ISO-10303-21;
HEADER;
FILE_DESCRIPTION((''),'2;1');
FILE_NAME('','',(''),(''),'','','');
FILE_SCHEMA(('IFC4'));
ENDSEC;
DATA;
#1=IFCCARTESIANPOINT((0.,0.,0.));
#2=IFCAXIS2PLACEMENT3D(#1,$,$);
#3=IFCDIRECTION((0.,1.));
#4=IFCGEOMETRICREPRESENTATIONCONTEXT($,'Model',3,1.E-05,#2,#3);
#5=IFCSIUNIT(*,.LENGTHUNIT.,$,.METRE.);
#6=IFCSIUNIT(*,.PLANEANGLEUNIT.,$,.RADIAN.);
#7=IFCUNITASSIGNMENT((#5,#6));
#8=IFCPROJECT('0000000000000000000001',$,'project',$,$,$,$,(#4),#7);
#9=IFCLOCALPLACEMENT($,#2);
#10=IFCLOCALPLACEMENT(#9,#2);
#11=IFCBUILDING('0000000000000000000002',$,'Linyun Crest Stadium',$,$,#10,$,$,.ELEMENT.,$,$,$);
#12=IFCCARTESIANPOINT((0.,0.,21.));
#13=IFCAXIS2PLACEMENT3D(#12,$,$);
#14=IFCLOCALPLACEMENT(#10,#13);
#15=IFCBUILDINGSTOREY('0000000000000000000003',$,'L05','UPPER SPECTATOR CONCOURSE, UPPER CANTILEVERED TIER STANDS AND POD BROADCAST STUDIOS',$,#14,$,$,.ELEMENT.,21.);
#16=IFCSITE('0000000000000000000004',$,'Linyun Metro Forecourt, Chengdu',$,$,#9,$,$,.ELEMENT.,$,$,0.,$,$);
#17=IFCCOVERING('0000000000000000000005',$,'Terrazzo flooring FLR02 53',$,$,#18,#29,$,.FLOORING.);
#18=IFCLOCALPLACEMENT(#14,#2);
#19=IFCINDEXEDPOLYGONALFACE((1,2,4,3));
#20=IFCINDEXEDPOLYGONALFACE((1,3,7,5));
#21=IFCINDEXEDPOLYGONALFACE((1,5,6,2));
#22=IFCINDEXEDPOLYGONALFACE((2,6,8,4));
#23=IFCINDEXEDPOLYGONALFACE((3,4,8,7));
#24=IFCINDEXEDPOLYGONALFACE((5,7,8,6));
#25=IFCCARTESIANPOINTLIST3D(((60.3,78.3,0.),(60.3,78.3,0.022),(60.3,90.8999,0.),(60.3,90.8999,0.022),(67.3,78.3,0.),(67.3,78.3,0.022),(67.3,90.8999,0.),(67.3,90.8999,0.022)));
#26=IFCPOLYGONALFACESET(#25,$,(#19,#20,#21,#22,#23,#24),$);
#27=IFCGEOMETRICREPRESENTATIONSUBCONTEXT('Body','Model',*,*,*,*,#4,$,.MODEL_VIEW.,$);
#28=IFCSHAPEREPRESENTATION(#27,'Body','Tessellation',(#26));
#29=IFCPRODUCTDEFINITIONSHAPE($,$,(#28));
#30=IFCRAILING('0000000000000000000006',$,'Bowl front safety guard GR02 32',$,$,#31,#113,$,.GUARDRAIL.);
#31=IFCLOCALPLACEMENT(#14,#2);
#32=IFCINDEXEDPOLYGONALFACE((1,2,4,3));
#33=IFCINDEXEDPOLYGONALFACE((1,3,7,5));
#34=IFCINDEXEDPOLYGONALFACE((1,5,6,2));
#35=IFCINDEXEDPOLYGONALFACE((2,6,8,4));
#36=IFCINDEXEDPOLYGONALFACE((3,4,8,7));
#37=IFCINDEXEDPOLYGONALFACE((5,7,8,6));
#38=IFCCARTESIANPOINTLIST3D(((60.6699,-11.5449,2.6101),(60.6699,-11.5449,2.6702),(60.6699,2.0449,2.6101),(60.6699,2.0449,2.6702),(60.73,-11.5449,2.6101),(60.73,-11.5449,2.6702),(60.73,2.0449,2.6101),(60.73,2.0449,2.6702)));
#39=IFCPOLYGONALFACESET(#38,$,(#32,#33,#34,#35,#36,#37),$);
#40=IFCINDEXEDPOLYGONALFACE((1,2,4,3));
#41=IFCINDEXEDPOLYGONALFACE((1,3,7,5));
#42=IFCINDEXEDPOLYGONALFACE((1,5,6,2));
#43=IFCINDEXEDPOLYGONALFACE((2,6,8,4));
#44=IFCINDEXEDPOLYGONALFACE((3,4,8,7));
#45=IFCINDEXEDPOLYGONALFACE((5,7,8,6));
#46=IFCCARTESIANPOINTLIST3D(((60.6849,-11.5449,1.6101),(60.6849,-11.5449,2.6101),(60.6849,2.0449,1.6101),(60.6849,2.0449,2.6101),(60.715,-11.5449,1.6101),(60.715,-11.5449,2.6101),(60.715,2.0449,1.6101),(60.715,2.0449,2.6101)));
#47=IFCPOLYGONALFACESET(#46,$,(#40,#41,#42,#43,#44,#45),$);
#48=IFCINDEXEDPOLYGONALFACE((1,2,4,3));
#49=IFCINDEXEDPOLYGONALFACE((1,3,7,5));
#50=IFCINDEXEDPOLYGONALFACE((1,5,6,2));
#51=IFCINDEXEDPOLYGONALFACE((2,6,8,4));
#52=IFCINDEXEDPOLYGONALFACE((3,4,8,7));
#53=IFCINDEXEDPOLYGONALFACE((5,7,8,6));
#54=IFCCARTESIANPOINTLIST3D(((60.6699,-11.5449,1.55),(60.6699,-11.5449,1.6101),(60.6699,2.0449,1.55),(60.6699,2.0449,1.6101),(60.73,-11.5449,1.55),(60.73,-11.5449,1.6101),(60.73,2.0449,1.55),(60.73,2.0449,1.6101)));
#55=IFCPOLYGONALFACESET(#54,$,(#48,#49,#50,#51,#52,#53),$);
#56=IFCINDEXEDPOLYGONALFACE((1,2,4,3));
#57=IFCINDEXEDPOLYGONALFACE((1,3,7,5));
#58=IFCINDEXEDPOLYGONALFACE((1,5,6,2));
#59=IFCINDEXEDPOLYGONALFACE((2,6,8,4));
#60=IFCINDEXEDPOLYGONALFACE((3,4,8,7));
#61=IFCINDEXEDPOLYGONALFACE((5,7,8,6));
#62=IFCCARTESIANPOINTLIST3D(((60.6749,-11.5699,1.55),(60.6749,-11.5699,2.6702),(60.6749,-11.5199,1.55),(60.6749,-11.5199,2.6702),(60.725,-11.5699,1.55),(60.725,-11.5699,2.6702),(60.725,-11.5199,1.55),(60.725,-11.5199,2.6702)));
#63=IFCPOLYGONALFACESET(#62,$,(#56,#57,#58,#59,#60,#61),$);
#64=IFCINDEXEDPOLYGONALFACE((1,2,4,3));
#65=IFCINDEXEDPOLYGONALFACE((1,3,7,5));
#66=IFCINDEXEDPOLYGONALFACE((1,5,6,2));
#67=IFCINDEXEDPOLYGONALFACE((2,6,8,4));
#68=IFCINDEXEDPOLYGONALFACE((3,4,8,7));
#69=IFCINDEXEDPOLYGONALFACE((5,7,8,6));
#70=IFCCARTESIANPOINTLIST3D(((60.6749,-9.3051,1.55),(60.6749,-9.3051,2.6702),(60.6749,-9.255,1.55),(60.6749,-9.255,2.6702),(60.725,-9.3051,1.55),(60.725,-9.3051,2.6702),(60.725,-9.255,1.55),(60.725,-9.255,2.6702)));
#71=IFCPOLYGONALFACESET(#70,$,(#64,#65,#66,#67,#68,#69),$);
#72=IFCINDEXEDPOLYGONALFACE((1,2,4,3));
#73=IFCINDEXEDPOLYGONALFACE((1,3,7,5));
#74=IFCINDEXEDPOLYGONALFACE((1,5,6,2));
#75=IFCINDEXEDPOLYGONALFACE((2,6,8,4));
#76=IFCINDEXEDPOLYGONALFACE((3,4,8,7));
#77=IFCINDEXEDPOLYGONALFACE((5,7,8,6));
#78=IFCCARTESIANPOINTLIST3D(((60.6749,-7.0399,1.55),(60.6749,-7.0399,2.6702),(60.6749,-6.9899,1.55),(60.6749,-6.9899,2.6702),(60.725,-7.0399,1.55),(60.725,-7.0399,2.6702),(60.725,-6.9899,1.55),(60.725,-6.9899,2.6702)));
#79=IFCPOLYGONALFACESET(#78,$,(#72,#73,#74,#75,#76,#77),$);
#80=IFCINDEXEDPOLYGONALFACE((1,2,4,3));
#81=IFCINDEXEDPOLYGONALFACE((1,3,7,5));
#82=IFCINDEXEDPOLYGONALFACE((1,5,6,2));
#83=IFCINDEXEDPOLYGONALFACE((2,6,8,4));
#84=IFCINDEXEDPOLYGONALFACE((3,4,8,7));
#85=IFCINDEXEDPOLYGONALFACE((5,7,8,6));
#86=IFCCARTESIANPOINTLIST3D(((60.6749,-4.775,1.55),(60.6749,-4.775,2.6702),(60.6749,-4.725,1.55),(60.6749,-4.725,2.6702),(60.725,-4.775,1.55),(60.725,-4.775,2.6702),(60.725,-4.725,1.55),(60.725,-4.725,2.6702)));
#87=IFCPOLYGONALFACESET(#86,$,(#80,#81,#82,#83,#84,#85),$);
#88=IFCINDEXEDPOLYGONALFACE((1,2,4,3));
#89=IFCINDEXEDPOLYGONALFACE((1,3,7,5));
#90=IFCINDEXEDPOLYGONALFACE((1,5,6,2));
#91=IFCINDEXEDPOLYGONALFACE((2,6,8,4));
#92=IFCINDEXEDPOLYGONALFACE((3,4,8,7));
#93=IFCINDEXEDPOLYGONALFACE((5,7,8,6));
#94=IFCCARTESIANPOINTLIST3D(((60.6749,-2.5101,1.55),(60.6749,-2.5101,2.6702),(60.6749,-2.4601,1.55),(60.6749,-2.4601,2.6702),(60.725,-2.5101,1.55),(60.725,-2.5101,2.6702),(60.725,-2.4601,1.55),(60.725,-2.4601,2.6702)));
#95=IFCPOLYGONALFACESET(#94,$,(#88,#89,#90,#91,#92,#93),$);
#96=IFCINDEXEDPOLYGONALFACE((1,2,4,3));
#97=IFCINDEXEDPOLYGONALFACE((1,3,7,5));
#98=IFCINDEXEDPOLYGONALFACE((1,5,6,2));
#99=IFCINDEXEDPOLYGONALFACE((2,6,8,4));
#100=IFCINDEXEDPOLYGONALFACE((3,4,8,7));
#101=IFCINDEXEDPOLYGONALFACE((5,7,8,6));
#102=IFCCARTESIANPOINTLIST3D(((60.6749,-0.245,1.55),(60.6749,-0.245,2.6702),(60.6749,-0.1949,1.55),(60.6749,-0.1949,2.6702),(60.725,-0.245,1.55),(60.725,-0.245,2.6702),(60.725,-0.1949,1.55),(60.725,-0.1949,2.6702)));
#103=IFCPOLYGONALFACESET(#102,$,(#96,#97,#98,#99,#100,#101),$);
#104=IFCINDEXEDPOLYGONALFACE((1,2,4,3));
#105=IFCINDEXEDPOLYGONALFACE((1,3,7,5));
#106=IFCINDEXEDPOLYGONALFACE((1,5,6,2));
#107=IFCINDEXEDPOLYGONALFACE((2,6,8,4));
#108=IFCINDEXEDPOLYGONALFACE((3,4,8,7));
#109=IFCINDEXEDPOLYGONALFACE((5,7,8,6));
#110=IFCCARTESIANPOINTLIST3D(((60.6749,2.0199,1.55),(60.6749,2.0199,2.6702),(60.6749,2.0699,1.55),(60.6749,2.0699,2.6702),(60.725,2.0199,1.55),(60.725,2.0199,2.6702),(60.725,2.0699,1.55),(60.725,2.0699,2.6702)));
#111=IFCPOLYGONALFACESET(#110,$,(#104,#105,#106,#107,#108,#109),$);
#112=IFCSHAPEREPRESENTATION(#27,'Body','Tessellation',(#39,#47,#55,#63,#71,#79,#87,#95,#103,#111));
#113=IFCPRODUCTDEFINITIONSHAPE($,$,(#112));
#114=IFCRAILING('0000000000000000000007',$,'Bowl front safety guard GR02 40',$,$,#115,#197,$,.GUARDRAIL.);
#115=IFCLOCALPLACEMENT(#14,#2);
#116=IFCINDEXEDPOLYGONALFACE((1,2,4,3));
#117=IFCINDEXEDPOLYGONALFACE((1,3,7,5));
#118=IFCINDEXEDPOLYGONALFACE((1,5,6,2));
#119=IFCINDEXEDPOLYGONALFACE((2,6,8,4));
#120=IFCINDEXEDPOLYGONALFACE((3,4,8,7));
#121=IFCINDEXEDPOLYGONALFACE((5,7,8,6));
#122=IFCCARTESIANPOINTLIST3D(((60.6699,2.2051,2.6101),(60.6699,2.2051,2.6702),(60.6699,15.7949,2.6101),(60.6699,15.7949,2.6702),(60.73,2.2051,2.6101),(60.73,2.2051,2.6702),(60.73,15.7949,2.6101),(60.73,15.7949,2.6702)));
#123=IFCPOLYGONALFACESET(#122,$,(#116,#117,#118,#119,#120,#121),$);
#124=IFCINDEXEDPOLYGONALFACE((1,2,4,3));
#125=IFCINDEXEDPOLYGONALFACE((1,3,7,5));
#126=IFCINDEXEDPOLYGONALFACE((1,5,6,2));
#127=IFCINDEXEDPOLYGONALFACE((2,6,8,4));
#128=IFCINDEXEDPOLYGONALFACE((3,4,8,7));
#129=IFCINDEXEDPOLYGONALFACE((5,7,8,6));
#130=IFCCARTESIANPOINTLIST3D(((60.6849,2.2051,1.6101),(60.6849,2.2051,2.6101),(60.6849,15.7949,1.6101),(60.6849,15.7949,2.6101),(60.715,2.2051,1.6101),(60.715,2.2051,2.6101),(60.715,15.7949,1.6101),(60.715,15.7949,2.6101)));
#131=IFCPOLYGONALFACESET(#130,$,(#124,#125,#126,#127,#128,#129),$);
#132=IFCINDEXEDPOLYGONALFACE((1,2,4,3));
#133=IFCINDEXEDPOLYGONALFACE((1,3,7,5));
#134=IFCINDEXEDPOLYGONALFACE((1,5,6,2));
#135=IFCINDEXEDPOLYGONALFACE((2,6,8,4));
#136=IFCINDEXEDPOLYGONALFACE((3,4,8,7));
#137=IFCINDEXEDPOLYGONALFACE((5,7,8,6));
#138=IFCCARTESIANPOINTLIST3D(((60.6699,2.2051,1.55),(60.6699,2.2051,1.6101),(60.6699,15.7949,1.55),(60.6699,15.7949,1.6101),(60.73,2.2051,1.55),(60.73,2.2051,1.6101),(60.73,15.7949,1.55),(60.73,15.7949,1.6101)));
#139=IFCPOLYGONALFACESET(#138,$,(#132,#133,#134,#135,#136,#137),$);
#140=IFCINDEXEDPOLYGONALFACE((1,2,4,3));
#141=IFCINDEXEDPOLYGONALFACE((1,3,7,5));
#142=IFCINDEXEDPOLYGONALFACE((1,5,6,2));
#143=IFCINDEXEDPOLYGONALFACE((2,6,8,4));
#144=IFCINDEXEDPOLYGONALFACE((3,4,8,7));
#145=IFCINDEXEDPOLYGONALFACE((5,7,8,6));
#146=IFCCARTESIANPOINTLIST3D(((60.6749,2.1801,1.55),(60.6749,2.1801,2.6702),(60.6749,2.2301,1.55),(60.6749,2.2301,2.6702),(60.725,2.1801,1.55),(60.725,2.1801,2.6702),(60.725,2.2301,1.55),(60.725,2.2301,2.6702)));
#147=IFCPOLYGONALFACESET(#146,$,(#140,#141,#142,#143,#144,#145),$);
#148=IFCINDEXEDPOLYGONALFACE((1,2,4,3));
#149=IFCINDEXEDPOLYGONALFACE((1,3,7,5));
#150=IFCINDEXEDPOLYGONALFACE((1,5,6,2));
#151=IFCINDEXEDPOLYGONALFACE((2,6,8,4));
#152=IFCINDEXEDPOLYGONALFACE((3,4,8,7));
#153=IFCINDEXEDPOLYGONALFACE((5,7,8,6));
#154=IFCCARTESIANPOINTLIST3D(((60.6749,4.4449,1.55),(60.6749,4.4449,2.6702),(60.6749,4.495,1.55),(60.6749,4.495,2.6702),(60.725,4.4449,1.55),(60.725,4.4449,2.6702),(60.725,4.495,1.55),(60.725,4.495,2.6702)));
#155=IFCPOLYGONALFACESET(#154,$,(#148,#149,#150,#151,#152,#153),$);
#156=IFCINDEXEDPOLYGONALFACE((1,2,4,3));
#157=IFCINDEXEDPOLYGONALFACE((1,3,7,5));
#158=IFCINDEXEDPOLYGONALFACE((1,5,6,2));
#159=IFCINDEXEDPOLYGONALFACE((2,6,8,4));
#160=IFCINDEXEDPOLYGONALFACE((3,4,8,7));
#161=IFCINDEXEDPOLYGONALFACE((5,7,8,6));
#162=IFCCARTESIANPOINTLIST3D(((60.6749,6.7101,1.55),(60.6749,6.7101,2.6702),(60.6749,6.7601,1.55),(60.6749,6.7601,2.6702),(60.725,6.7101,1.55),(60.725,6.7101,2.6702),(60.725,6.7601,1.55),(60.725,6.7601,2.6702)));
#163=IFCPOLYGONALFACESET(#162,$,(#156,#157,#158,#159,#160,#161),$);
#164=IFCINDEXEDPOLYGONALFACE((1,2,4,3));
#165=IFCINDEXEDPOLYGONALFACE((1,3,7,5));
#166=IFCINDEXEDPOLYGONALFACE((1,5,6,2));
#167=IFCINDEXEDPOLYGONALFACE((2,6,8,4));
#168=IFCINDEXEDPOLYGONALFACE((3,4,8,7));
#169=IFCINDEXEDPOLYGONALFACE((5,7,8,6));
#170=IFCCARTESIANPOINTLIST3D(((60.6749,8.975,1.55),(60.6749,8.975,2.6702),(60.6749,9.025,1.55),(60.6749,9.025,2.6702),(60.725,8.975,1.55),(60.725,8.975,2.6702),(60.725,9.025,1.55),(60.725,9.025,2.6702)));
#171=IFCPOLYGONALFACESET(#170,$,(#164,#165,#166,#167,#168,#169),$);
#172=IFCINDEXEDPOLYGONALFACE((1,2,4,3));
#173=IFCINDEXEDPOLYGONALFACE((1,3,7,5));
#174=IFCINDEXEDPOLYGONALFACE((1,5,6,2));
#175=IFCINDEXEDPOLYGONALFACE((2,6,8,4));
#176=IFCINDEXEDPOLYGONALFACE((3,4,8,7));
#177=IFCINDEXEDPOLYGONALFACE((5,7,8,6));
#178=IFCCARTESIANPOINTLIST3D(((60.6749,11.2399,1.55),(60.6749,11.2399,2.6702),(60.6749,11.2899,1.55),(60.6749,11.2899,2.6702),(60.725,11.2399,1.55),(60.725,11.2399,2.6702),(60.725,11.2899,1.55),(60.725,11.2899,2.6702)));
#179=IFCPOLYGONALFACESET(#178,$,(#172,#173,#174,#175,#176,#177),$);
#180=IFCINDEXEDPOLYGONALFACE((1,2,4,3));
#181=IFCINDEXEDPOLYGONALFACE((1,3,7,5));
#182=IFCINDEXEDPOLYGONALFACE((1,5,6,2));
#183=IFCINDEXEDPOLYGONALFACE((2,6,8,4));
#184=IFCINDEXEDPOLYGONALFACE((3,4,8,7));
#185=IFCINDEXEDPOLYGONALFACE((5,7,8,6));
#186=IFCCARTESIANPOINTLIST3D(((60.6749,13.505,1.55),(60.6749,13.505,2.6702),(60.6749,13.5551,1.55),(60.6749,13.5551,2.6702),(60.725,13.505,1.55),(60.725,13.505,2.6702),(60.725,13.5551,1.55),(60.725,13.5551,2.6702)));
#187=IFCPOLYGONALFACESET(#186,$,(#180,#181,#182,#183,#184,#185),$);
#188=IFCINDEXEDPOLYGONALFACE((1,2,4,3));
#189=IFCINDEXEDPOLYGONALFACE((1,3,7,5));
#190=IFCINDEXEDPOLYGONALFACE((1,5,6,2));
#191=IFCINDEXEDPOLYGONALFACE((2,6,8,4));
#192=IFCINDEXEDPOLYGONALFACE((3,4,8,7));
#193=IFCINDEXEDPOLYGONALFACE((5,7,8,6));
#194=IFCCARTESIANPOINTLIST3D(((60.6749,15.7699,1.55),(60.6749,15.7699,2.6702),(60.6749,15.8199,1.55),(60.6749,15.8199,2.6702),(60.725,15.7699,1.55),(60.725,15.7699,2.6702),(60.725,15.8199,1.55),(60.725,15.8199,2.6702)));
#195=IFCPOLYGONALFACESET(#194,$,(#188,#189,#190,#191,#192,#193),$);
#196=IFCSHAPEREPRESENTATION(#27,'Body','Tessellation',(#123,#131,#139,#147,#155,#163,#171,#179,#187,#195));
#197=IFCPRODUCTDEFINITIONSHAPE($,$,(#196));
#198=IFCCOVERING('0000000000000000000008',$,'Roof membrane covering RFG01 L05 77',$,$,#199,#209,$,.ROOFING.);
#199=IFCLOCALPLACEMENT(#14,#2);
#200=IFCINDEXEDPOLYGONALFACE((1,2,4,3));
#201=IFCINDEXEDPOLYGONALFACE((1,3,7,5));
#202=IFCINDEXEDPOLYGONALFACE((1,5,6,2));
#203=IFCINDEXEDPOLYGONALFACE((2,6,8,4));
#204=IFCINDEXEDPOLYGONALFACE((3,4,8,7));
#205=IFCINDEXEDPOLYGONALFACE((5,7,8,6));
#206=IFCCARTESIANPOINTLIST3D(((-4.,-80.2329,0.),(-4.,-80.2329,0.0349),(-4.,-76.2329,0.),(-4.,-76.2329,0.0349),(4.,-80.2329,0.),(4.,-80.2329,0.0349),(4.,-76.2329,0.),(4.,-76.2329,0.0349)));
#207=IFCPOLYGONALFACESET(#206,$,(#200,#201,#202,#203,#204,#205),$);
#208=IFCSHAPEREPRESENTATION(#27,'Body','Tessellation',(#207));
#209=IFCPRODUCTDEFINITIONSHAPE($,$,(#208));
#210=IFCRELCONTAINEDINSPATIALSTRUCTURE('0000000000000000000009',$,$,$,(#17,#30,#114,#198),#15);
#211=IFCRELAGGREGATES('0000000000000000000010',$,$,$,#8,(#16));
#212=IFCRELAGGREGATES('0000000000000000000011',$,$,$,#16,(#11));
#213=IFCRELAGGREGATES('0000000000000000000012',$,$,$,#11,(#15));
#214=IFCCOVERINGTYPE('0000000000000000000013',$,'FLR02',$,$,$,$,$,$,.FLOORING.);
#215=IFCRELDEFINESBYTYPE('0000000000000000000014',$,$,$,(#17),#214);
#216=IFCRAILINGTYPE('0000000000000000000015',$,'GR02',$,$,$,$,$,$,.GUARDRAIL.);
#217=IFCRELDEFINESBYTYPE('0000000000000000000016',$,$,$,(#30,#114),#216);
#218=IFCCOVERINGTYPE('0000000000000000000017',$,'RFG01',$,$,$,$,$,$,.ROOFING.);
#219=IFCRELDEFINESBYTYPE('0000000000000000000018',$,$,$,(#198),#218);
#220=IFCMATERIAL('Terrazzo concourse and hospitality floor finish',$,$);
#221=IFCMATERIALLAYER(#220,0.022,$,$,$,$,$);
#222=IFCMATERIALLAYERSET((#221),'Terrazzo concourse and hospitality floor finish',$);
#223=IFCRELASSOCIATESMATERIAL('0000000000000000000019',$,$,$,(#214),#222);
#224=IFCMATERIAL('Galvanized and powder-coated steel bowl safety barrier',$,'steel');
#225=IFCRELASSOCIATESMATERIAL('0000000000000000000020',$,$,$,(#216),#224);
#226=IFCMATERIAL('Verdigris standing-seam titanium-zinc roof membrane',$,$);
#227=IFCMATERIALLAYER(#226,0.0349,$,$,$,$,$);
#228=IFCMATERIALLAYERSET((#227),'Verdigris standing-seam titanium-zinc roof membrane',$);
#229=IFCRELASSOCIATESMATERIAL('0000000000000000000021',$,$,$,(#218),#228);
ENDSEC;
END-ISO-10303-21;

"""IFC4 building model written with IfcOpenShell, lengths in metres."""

from ifc_helpers import new_model, si_unit, direction, frame, origin, origin_2d, place, context, subcontext, project, spatial, polyline, rectangle, outline, extrude, material, layer, layer_set, type_object, element, save


model = new_model("IFC4")

# Units and contexts
model_context = context("Model", 3, precision=1e-05, world=origin(), true_north=direction((0.0, 1.0)))
body_context = subcontext(model_context, "Body", "Model", "MODEL_VIEW")
ifc_project = project(units=[si_unit("LENGTHUNIT", "METRE"), si_unit("PLANEANGLEUNIT", "RADIAN")], contexts=[model_context])

# Site, building, storey
site_placement = place(None, origin())
site = spatial("IfcSite", under=ifc_project, at=site_placement, Name="Linyun Metro Forecourt, Chengdu", CompositionType="ELEMENT", RefElevation=0.0)
building_placement = place(site_placement, origin())
building = spatial("IfcBuilding", under=site, at=building_placement, Name="Linyun Crest Stadium", CompositionType="ELEMENT")
storey_placement = place(building_placement, frame((0.0, 0.0, 21.0)))
storey = spatial("IfcBuildingStorey", under=building, at=storey_placement, Name="L05", Description="UPPER SPECTATOR CONCOURSE, UPPER CANTILEVERED TIER STANDS AND POD BROADCAST STUDIOS", CompositionType="ELEMENT", Elevation=21.0)

# Covering
ifc_material_1 = material(Name="Terrazzo concourse and hospitality floor finish")
ifc_layer_1 = layer(ifc_material_1, 0.022)
ifc_layer_set_1 = layer_set([ifc_layer_1], Name="Terrazzo concourse and hospitality floor finish")
covering_type_1 = type_object("IfcCoveringType", Name="FLR02", PredefinedType="FLOORING", material=ifc_layer_set_1)
covering_1_placement = place(storey_placement, origin())
element("IfcCovering", 1, at=covering_1_placement, inside=storey, type_object=covering_type_1, Name="Terrazzo flooring FLR02 53", PredefinedType="FLOORING", context=body_context, shape_type="SweptSolid", body=[
    extrude(outline(polyline([(60.3, 78.3), (67.3, 78.3), (67.3, 90.8999), (60.3, 90.8999), (60.3, 78.3)])), origin(), (0.0, 0.0, 1.0), 0.022),
])

# Railings
ifc_material_2 = material(Name="Galvanized and powder-coated steel bowl safety barrier", Category="steel")
railing_type = type_object("IfcRailingType", Name="GR02", PredefinedType="GUARDRAIL", material=ifc_material_2)
for number, where, name in (
    (2, (60.7, -11.5449, 1.55), "Bowl front safety guard GR02 32"),
    (3, (60.7, 2.2051, 1.55), "Bowl front safety guard GR02 40"),
):
    element("IfcRailing", number, at=place(storey_placement, frame(where)), inside=storey, type_object=railing_type, Name=name, PredefinedType="GUARDRAIL", context=body_context, shape_type="SweptSolid", body=[
        extrude(rectangle(XDim=0.0601, YDim=0.0601, at=origin_2d()), frame((0.0, 0.0, 1.0901), z_axis=(0.0, 1.0, 0.0), x_axis=(-1.0, 0.0, 0.0)), (0.0, 0.0, 1.0), 13.5898),
        extrude(rectangle(XDim=0.03, YDim=1.0, at=origin_2d()), frame((0.0, 0.0, 0.5601), z_axis=(0.0, 1.0, 0.0), x_axis=(-1.0, 0.0, 0.0)), (0.0, 0.0, 1.0), 13.5898),
        extrude(rectangle(XDim=0.0601, YDim=0.0601, at=origin_2d()), frame((0.0, 0.0, 0.03), z_axis=(0.0, 1.0, 0.0), x_axis=(-1.0, 0.0, 0.0)), (0.0, 0.0, 1.0), 13.5898),
        extrude(rectangle(XDim=0.05, YDim=0.05, at=origin_2d()), origin(), (0.0, 0.0, 1.0), 1.1201),
        extrude(rectangle(XDim=0.05, YDim=0.05, at=origin_2d()), frame((0.0, 2.2649, 0.0)), (0.0, 0.0, 1.0), 1.1201),
        extrude(rectangle(XDim=0.05, YDim=0.05, at=origin_2d()), frame((0.0, 4.53, 0.0)), (0.0, 0.0, 1.0), 1.1201),
        extrude(rectangle(XDim=0.05, YDim=0.05, at=origin_2d()), frame((0.0, 6.7949, 0.0)), (0.0, 0.0, 1.0), 1.1201),
        extrude(rectangle(XDim=0.05, YDim=0.05, at=origin_2d()), frame((0.0, 9.0598, 0.0)), (0.0, 0.0, 1.0), 1.1201),
        extrude(rectangle(XDim=0.05, YDim=0.05, at=origin_2d()), frame((0.0, 11.325, 0.0)), (0.0, 0.0, 1.0), 1.1201),
        extrude(rectangle(XDim=0.05, YDim=0.05, at=origin_2d()), frame((0.0, 13.5898, 0.0)), (0.0, 0.0, 1.0), 1.1201),
    ])

# Covering
ifc_material_3 = material(Name="Verdigris standing-seam titanium-zinc roof membrane")
ifc_layer_2 = layer(ifc_material_3, 0.0349)
ifc_layer_set_2 = layer_set([ifc_layer_2], Name="Verdigris standing-seam titanium-zinc roof membrane")
covering_type_2 = type_object("IfcCoveringType", Name="RFG01", PredefinedType="ROOFING", material=ifc_layer_set_2)
covering_2_placement = place(storey_placement, origin())
element("IfcCovering", 4, at=covering_2_placement, inside=storey, type_object=covering_type_2, Name="Roof membrane covering RFG01 L05 77", PredefinedType="ROOFING", context=body_context, shape_type="SweptSolid", body=[
    extrude(outline(polyline([(-4.0, -80.2329), (4.0, -80.2329), (4.0, -76.2329), (-4.0, -76.2329), (-4.0, -80.2329)])), origin(), (0.0, 0.0, 1.0), 0.0349),
])

save(model, "model.ifc")
